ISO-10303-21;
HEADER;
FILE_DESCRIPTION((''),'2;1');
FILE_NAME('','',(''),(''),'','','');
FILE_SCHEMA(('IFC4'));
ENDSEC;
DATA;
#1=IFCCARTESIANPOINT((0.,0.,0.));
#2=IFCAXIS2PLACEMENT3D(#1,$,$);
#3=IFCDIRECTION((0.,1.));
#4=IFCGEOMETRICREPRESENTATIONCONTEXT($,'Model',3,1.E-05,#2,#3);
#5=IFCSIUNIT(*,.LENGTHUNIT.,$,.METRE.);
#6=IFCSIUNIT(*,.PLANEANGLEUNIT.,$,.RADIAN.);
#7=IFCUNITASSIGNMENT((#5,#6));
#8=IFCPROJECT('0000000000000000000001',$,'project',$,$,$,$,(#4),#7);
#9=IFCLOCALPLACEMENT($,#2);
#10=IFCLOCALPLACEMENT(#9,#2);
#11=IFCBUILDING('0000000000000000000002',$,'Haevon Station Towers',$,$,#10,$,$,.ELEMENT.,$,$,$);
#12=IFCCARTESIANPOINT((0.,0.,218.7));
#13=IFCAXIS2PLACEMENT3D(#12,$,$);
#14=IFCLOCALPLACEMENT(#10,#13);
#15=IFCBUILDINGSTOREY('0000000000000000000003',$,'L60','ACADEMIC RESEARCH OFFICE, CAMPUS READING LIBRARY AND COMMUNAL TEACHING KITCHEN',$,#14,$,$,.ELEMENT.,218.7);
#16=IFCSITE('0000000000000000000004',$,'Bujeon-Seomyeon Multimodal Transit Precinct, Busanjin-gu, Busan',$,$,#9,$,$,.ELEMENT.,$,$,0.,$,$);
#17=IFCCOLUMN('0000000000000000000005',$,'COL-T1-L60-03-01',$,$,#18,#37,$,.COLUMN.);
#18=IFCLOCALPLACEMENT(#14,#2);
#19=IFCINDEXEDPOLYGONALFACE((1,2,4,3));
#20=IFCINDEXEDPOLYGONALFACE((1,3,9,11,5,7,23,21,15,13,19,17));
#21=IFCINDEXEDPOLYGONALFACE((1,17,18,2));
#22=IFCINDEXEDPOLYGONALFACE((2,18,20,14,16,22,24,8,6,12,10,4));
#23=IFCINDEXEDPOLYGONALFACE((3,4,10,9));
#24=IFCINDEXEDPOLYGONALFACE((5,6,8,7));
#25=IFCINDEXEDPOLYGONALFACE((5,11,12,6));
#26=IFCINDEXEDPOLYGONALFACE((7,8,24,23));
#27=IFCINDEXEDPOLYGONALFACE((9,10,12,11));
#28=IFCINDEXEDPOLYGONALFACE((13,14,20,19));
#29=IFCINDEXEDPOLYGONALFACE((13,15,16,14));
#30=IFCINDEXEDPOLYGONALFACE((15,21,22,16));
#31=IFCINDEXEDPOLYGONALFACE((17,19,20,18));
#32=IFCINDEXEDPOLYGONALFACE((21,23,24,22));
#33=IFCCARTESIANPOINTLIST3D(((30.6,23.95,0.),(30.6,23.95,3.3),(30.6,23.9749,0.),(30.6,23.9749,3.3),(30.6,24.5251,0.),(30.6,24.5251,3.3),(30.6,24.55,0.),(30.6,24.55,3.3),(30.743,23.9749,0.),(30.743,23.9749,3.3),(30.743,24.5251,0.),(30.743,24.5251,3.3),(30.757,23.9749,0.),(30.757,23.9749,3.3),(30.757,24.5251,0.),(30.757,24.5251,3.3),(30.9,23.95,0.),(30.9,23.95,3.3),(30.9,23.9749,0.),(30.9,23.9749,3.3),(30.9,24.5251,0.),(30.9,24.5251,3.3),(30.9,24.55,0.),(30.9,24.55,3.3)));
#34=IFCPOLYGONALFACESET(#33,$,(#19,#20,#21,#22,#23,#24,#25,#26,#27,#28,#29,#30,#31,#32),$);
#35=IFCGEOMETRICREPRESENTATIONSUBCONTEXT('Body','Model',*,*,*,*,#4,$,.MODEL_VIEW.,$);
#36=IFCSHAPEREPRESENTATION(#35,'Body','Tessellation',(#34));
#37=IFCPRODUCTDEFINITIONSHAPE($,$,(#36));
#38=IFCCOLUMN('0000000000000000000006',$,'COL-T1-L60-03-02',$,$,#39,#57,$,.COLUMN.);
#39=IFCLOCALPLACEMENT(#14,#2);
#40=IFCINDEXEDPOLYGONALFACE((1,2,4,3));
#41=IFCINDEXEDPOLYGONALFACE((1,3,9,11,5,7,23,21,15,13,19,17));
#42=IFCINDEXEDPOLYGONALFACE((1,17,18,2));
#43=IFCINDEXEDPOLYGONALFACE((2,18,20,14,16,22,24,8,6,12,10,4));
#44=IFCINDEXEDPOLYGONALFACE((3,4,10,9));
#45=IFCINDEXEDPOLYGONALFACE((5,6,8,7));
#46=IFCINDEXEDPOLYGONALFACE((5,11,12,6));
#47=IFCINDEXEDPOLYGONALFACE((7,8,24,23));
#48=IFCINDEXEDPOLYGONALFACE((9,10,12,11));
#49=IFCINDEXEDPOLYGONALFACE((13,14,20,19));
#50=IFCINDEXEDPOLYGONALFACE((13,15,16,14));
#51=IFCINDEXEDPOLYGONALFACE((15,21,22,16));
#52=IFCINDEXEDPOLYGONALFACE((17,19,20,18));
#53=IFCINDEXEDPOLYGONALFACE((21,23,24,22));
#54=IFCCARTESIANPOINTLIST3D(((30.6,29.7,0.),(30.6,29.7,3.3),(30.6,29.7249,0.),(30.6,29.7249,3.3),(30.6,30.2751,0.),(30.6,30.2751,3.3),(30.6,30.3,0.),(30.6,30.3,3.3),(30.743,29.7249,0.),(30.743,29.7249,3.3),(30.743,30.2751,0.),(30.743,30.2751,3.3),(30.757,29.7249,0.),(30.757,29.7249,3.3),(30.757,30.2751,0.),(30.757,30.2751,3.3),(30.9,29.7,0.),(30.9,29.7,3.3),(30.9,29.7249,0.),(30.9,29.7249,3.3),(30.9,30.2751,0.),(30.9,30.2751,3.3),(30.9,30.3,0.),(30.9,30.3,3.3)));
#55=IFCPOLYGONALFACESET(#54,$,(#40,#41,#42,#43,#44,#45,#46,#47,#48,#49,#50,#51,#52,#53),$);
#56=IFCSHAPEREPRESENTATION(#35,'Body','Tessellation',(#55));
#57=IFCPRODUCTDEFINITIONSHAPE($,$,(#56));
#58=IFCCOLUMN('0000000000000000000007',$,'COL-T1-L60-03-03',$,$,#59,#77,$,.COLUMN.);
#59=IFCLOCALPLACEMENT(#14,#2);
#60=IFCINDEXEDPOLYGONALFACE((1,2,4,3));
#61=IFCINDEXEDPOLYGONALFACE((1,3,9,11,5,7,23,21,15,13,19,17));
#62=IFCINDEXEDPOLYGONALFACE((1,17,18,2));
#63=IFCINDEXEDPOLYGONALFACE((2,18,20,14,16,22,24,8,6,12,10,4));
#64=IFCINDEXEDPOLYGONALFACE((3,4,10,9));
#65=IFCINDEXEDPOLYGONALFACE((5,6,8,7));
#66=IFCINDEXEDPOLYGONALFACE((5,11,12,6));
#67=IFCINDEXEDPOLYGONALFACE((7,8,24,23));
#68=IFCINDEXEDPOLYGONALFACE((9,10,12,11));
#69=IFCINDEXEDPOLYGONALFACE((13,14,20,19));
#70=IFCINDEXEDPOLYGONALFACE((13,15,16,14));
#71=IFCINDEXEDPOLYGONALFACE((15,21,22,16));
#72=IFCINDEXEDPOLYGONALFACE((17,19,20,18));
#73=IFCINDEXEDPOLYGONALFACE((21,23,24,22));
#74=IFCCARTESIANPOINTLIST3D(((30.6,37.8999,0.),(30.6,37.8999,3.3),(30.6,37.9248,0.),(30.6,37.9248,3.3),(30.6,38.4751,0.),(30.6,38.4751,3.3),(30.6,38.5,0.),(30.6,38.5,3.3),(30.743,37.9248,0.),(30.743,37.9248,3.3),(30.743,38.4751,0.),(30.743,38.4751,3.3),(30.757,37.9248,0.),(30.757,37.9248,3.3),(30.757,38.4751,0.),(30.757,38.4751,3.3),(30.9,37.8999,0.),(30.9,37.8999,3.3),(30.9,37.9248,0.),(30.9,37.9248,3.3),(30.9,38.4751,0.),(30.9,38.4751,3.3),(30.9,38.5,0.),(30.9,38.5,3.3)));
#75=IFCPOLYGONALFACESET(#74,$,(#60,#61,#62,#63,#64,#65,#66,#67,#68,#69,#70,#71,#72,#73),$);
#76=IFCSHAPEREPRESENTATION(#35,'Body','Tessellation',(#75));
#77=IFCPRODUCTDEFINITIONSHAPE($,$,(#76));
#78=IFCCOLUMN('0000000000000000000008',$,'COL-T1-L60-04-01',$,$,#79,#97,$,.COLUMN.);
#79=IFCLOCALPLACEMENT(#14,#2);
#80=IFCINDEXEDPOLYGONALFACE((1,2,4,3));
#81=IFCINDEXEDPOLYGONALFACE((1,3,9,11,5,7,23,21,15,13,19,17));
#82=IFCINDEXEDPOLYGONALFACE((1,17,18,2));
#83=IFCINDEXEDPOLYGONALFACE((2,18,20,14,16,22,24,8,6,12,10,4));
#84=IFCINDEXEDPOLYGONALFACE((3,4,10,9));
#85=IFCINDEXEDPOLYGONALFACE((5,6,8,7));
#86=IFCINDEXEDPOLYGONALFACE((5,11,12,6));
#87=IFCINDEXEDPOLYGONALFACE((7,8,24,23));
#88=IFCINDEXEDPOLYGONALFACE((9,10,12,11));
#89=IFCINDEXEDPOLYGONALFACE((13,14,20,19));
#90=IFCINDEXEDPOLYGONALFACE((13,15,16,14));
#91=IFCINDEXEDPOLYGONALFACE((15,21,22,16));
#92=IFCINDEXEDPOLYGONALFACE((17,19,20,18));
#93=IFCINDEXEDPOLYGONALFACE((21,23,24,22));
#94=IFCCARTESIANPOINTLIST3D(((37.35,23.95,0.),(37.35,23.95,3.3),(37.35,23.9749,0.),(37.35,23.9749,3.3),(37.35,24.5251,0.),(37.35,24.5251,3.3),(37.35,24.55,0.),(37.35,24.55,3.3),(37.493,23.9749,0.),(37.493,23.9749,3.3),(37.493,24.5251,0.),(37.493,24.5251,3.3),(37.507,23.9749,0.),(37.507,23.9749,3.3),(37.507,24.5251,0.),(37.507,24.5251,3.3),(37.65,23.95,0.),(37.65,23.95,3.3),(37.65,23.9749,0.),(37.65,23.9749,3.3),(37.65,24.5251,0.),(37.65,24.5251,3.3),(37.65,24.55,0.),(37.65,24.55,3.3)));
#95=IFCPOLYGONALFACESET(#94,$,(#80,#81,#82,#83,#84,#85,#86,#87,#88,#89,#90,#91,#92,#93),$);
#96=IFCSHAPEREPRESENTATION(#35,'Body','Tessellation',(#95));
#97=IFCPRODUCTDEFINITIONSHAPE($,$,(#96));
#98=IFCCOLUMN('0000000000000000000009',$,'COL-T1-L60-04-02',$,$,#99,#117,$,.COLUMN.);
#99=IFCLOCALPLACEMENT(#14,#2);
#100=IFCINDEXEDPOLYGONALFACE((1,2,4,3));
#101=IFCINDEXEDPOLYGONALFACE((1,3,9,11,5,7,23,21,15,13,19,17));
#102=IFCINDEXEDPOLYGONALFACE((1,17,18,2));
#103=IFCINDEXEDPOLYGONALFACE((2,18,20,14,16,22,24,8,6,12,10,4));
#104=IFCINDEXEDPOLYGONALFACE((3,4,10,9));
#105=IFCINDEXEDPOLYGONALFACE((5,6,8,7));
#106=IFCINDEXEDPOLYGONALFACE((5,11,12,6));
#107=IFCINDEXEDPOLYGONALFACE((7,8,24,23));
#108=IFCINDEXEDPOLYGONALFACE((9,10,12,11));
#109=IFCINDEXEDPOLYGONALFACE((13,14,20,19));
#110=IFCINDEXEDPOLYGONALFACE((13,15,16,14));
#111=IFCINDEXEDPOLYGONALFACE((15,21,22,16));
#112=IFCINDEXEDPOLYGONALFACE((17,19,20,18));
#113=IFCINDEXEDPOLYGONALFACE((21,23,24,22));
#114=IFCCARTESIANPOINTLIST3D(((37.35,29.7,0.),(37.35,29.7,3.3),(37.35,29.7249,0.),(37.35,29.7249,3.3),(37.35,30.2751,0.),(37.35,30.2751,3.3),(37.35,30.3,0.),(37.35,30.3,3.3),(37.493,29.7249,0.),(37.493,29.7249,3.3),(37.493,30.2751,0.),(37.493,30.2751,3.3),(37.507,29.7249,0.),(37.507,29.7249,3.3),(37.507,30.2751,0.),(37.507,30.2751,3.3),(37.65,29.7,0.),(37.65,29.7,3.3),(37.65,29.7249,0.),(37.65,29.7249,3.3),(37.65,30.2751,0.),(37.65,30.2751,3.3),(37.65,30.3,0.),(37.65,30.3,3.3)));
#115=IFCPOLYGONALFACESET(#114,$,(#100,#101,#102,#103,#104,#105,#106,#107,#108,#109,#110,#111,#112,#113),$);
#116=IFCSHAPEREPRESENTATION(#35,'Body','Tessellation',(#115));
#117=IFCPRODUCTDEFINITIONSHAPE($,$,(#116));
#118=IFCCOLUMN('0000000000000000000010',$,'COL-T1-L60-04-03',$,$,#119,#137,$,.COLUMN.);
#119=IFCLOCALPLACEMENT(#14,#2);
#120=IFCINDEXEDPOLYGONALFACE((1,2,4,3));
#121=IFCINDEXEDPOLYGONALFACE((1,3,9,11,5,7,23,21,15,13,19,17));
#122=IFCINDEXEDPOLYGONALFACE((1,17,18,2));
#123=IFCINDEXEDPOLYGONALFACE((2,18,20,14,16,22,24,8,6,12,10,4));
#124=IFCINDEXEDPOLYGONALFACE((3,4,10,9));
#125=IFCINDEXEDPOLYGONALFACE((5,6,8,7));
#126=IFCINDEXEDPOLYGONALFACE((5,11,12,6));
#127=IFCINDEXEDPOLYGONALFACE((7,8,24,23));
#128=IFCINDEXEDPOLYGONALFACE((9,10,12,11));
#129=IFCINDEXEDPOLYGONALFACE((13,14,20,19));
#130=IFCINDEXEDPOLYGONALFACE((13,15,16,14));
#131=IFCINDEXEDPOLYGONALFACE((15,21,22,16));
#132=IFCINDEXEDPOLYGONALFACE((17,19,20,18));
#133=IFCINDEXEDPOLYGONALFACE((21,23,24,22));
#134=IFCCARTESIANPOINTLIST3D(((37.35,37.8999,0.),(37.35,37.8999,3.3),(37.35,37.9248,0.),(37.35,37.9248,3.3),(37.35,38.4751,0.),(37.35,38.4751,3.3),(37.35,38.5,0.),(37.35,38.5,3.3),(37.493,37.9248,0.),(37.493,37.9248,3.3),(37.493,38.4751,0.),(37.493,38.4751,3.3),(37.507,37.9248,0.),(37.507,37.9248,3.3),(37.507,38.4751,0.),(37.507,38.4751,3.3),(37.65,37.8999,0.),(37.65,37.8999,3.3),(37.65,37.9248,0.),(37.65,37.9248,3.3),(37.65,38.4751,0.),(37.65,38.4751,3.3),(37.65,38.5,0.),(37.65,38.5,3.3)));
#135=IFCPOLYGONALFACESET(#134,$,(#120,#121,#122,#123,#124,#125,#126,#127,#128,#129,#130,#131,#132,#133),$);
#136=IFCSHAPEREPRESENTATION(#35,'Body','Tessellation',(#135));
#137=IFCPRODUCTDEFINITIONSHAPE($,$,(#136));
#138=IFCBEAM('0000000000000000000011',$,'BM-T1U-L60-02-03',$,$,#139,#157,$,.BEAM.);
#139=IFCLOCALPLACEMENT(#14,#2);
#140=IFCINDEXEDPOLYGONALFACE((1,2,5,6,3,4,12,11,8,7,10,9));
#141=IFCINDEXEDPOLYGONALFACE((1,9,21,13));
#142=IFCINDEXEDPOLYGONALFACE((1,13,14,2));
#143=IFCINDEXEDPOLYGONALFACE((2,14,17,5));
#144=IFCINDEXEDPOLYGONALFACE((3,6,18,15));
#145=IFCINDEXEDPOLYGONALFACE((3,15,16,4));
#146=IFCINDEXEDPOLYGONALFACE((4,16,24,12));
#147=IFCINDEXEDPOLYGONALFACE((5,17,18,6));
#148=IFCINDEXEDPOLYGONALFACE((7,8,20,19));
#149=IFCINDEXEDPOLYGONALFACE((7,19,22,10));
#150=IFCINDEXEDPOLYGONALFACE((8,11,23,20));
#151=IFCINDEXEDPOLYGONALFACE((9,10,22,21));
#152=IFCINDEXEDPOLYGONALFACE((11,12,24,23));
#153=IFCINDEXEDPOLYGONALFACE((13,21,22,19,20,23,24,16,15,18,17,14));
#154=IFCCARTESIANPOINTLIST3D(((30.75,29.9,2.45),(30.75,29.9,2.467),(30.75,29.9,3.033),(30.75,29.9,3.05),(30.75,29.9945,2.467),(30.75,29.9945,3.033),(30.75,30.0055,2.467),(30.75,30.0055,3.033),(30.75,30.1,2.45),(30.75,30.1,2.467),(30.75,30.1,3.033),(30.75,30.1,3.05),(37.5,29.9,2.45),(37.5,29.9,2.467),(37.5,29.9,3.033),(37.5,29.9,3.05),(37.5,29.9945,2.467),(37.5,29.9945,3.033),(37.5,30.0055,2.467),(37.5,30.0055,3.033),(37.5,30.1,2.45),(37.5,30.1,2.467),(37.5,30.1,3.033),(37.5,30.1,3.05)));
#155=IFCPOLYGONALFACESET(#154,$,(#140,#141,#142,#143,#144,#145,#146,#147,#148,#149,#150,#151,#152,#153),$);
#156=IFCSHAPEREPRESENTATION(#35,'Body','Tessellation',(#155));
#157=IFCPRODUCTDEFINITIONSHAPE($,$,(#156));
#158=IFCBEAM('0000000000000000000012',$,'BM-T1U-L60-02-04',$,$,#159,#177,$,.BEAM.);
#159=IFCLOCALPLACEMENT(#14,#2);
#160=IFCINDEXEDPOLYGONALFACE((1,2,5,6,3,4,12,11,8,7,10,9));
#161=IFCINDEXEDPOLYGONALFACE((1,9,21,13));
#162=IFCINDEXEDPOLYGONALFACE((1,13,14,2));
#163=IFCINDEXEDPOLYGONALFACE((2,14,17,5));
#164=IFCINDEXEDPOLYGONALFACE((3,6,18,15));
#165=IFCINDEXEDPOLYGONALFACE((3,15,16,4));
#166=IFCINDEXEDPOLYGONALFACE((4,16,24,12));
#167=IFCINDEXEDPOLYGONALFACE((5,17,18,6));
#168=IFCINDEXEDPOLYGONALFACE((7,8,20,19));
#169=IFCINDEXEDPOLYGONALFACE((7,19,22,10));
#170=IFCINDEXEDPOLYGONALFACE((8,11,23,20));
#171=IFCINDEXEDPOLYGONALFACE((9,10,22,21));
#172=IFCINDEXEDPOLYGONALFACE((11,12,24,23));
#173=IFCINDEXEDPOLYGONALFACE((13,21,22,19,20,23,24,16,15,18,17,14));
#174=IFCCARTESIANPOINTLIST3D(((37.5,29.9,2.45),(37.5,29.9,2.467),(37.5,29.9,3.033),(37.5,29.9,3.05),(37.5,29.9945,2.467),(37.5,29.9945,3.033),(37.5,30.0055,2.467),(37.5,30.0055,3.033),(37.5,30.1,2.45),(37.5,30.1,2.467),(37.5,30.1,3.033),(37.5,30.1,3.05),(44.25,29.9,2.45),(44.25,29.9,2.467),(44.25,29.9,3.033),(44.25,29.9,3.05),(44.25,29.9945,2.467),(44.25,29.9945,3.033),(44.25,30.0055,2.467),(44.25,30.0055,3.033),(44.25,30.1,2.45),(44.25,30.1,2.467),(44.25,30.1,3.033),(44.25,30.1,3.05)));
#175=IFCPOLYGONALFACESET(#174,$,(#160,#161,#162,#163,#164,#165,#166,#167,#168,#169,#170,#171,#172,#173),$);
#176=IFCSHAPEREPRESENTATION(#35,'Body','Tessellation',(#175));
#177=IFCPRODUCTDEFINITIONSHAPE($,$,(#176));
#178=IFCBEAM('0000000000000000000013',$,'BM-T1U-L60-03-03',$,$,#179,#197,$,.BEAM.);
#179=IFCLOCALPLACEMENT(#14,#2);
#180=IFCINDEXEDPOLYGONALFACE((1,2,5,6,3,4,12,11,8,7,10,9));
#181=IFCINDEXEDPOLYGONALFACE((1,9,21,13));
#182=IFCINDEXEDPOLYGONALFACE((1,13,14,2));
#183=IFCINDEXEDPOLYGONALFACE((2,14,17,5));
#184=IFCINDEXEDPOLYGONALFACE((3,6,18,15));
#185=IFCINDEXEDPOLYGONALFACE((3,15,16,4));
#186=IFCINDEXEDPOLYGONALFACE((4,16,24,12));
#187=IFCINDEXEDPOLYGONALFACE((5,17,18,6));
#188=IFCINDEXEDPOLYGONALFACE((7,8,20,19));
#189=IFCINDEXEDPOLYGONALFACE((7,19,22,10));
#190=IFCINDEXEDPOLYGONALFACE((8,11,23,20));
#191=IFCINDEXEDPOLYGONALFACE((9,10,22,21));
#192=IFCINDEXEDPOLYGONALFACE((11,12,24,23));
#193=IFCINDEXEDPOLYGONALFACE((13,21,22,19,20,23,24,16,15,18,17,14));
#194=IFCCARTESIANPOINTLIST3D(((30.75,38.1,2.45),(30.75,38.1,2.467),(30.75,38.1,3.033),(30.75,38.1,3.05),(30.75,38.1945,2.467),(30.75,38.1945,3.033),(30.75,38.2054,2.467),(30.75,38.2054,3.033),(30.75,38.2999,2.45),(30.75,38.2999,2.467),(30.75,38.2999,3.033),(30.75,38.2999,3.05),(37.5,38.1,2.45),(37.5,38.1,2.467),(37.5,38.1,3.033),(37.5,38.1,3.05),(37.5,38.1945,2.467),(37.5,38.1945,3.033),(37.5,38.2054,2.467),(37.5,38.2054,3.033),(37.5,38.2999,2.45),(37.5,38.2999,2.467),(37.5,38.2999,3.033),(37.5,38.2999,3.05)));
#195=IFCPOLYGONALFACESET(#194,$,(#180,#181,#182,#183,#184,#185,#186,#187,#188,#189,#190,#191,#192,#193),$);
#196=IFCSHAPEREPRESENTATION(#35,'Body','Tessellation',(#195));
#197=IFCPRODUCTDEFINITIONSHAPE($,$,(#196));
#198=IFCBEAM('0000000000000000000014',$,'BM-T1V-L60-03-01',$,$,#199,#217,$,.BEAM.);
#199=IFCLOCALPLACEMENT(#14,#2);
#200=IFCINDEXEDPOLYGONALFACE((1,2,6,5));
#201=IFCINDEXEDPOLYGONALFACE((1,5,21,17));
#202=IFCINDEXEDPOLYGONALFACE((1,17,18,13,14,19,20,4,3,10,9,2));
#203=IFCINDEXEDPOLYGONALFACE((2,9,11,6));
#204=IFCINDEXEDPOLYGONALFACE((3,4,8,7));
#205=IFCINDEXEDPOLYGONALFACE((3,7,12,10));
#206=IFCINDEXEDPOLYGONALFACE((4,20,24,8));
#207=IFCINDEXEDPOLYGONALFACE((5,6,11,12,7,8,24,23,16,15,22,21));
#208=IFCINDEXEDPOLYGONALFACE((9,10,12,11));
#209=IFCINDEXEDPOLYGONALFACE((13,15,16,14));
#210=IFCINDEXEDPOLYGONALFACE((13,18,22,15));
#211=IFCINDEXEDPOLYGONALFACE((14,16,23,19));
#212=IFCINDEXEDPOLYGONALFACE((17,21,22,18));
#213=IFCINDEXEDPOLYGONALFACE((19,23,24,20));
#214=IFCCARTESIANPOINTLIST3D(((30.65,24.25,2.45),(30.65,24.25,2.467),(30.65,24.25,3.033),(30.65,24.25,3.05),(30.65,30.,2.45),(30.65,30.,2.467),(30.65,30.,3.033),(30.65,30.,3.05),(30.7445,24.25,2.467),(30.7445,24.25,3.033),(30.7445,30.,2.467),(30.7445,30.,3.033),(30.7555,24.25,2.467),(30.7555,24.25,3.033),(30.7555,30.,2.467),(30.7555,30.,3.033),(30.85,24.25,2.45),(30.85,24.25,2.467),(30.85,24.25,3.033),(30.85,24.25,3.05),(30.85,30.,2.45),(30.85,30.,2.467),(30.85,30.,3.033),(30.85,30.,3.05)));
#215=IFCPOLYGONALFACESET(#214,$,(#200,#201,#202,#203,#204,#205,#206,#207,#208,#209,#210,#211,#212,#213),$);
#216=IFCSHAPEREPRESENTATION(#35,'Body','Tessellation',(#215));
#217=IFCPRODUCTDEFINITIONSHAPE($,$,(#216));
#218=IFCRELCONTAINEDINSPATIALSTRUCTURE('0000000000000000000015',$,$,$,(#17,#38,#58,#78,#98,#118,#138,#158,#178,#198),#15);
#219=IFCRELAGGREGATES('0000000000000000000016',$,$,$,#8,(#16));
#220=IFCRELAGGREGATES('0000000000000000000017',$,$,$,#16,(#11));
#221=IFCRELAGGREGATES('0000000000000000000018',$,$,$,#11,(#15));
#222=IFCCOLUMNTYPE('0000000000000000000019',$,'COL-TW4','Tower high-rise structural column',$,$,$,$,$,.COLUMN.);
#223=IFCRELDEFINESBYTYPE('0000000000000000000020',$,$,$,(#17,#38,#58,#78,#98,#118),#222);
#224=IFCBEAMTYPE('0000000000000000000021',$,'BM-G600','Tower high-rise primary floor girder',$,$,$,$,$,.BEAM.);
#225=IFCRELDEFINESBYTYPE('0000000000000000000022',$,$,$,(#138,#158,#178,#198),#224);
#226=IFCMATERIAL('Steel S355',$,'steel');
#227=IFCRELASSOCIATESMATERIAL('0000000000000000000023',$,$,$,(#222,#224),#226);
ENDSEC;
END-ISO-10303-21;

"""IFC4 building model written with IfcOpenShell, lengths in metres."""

from ifc_helpers import new_model, si_unit, direction, frame, origin, origin_2d, place, context, subcontext, project, spatial, i_section, extrude, material, material_profile, profile_set, type_object, element, save


model = new_model("IFC4")

# Units and contexts
model_context = context("Model", 3, precision=1e-05, world=origin(), true_north=direction((0.0, 1.0)))
body_context = subcontext(model_context, "Body", "Model", "MODEL_VIEW")
ifc_project = project(units=[si_unit("LENGTHUNIT", "METRE"), si_unit("PLANEANGLEUNIT", "RADIAN")], contexts=[model_context])

# Site, building, storey
site_placement = place(None, origin())
site = spatial("IfcSite", under=ifc_project, at=site_placement, Name="Bujeon-Seomyeon Multimodal Transit Precinct, Busanjin-gu, Busan", CompositionType="ELEMENT", RefElevation=0.0)
building_placement = place(site_placement, origin())
building = spatial("IfcBuilding", under=site, at=building_placement, Name="Haevon Station Towers", CompositionType="ELEMENT")
storey_placement = place(building_placement, frame((0.0, 0.0, 218.7)))
storey = spatial("IfcBuildingStorey", under=building, at=storey_placement, Name="L60", Description="ACADEMIC RESEARCH OFFICE, CAMPUS READING LIBRARY AND COMMUNAL TEACHING KITCHEN", CompositionType="ELEMENT", Elevation=218.7)

# Columns
ifc_material_1 = material(Name="Steel S355", Category="steel")
ifc_material_profile_1 = material_profile(ifc_material_1, i_section(OverallWidth=0.3, OverallDepth=0.6001, WebThickness=0.0139, FlangeThickness=0.0249, at=origin_2d()), Name="H-600x300x14x25")
ifc_profile_set_1 = profile_set([ifc_material_profile_1], Name="Steel S355")
column_type = type_object("IfcColumnType", Name="COL-TW4", Description="Tower high-rise structural column", PredefinedType="COLUMN", material=ifc_profile_set_1)
for number, where, z_axis, x_axis, name in (
    (1, (30.75, 24.25, 0.0), (0.0, 0.0, 1.0), (1.0, 0.0, 0.0), "COL-T1-L60-03-01"),
    (2, (30.75, 30.0, 0.0), (0.0, 0.0, 1.0), (1.0, 0.0, 0.0), "COL-T1-L60-03-02"),
    (3, (30.75, 38.2, 0.0), (0.0, 0.0, 1.0), (1.0, 0.0, 0.0), "COL-T1-L60-03-03"),
    (4, (37.5, 24.25, 0.0), (0.0, 0.0, 1.0), (1.0, 0.0, 0.0), "COL-T1-L60-04-01"),
    (5, (37.5, 30.0, 0.0), (0.0, 0.0, 1.0), (1.0, 0.0, 0.0), "COL-T1-L60-04-02"),
    (6, (37.5, 38.2, 0.0), (0.0, 0.0, 1.0), (1.0, 0.0, 0.0), "COL-T1-L60-04-03"),
):
    element("IfcColumn", number, at=place(storey_placement, frame(where, z_axis=z_axis, x_axis=x_axis)), inside=storey, type_object=column_type, Name=name, PredefinedType="COLUMN", context=body_context, shape_type="SweptSolid", body=[
        extrude(i_section(OverallWidth=0.3, OverallDepth=0.6001, WebThickness=0.0139, FlangeThickness=0.0249, at=origin_2d()), origin(), (0.0, 0.0, 1.0), 3.3),
    ])

# Beams
ifc_material_profile_2 = material_profile(ifc_material_1, i_section(OverallWidth=0.2, OverallDepth=0.6001, WebThickness=0.011, FlangeThickness=0.0171, at=origin_2d()), Name="H-600x200x11x17")
ifc_profile_set_2 = profile_set([ifc_material_profile_2], Name="Steel S355")
beam_type_1 = type_object("IfcBeamType", Name="BM-G600", Description="Tower high-rise primary floor girder", PredefinedType="BEAM", material=ifc_profile_set_2)
for number, where, z_axis, x_axis, name in (
    (7, (30.75, 30.0, 2.75), (1.0, 0.0, 0.0), (0.0, 1.0, 0.0), "BM-T1U-L60-02-03"),
    (8, (37.5, 30.0, 2.75), (1.0, 0.0, 0.0), (0.0, 1.0, 0.0), "BM-T1U-L60-02-04"),
    (9, (30.75, 38.2, 2.75), (1.0, 0.0, 0.0), (0.0, 1.0, 0.0), "BM-T1U-L60-03-03"),
):
    element("IfcBeam", number, at=place(storey_placement, frame(where, z_axis=z_axis, x_axis=x_axis)), inside=storey, type_object=beam_type_1, Name=name, PredefinedType="BEAM", context=body_context, shape_type="SweptSolid", body=[
        extrude(i_section(OverallWidth=0.2, OverallDepth=0.6001, WebThickness=0.011, FlangeThickness=0.0171, at=origin_2d()), origin(), (0.0, 0.0, 1.0), 6.75),
    ])
beam_1_placement = place(storey_placement, frame((30.75, 24.25, 2.75), z_axis=(0.0, 1.0, 0.0), x_axis=(-1.0, 0.0, 0.0)))
element("IfcBeam", 10, at=beam_1_placement, inside=storey, type_object=beam_type_1, Name="BM-T1V-L60-03-01", PredefinedType="BEAM", context=body_context, shape_type="SweptSolid", body=[
    extrude(i_section(OverallWidth=0.2, OverallDepth=0.6001, WebThickness=0.011, FlangeThickness=0.0171, at=origin_2d()), origin(), (0.0, 0.0, 1.0), 5.75),
])

save(model, "model.ifc")
